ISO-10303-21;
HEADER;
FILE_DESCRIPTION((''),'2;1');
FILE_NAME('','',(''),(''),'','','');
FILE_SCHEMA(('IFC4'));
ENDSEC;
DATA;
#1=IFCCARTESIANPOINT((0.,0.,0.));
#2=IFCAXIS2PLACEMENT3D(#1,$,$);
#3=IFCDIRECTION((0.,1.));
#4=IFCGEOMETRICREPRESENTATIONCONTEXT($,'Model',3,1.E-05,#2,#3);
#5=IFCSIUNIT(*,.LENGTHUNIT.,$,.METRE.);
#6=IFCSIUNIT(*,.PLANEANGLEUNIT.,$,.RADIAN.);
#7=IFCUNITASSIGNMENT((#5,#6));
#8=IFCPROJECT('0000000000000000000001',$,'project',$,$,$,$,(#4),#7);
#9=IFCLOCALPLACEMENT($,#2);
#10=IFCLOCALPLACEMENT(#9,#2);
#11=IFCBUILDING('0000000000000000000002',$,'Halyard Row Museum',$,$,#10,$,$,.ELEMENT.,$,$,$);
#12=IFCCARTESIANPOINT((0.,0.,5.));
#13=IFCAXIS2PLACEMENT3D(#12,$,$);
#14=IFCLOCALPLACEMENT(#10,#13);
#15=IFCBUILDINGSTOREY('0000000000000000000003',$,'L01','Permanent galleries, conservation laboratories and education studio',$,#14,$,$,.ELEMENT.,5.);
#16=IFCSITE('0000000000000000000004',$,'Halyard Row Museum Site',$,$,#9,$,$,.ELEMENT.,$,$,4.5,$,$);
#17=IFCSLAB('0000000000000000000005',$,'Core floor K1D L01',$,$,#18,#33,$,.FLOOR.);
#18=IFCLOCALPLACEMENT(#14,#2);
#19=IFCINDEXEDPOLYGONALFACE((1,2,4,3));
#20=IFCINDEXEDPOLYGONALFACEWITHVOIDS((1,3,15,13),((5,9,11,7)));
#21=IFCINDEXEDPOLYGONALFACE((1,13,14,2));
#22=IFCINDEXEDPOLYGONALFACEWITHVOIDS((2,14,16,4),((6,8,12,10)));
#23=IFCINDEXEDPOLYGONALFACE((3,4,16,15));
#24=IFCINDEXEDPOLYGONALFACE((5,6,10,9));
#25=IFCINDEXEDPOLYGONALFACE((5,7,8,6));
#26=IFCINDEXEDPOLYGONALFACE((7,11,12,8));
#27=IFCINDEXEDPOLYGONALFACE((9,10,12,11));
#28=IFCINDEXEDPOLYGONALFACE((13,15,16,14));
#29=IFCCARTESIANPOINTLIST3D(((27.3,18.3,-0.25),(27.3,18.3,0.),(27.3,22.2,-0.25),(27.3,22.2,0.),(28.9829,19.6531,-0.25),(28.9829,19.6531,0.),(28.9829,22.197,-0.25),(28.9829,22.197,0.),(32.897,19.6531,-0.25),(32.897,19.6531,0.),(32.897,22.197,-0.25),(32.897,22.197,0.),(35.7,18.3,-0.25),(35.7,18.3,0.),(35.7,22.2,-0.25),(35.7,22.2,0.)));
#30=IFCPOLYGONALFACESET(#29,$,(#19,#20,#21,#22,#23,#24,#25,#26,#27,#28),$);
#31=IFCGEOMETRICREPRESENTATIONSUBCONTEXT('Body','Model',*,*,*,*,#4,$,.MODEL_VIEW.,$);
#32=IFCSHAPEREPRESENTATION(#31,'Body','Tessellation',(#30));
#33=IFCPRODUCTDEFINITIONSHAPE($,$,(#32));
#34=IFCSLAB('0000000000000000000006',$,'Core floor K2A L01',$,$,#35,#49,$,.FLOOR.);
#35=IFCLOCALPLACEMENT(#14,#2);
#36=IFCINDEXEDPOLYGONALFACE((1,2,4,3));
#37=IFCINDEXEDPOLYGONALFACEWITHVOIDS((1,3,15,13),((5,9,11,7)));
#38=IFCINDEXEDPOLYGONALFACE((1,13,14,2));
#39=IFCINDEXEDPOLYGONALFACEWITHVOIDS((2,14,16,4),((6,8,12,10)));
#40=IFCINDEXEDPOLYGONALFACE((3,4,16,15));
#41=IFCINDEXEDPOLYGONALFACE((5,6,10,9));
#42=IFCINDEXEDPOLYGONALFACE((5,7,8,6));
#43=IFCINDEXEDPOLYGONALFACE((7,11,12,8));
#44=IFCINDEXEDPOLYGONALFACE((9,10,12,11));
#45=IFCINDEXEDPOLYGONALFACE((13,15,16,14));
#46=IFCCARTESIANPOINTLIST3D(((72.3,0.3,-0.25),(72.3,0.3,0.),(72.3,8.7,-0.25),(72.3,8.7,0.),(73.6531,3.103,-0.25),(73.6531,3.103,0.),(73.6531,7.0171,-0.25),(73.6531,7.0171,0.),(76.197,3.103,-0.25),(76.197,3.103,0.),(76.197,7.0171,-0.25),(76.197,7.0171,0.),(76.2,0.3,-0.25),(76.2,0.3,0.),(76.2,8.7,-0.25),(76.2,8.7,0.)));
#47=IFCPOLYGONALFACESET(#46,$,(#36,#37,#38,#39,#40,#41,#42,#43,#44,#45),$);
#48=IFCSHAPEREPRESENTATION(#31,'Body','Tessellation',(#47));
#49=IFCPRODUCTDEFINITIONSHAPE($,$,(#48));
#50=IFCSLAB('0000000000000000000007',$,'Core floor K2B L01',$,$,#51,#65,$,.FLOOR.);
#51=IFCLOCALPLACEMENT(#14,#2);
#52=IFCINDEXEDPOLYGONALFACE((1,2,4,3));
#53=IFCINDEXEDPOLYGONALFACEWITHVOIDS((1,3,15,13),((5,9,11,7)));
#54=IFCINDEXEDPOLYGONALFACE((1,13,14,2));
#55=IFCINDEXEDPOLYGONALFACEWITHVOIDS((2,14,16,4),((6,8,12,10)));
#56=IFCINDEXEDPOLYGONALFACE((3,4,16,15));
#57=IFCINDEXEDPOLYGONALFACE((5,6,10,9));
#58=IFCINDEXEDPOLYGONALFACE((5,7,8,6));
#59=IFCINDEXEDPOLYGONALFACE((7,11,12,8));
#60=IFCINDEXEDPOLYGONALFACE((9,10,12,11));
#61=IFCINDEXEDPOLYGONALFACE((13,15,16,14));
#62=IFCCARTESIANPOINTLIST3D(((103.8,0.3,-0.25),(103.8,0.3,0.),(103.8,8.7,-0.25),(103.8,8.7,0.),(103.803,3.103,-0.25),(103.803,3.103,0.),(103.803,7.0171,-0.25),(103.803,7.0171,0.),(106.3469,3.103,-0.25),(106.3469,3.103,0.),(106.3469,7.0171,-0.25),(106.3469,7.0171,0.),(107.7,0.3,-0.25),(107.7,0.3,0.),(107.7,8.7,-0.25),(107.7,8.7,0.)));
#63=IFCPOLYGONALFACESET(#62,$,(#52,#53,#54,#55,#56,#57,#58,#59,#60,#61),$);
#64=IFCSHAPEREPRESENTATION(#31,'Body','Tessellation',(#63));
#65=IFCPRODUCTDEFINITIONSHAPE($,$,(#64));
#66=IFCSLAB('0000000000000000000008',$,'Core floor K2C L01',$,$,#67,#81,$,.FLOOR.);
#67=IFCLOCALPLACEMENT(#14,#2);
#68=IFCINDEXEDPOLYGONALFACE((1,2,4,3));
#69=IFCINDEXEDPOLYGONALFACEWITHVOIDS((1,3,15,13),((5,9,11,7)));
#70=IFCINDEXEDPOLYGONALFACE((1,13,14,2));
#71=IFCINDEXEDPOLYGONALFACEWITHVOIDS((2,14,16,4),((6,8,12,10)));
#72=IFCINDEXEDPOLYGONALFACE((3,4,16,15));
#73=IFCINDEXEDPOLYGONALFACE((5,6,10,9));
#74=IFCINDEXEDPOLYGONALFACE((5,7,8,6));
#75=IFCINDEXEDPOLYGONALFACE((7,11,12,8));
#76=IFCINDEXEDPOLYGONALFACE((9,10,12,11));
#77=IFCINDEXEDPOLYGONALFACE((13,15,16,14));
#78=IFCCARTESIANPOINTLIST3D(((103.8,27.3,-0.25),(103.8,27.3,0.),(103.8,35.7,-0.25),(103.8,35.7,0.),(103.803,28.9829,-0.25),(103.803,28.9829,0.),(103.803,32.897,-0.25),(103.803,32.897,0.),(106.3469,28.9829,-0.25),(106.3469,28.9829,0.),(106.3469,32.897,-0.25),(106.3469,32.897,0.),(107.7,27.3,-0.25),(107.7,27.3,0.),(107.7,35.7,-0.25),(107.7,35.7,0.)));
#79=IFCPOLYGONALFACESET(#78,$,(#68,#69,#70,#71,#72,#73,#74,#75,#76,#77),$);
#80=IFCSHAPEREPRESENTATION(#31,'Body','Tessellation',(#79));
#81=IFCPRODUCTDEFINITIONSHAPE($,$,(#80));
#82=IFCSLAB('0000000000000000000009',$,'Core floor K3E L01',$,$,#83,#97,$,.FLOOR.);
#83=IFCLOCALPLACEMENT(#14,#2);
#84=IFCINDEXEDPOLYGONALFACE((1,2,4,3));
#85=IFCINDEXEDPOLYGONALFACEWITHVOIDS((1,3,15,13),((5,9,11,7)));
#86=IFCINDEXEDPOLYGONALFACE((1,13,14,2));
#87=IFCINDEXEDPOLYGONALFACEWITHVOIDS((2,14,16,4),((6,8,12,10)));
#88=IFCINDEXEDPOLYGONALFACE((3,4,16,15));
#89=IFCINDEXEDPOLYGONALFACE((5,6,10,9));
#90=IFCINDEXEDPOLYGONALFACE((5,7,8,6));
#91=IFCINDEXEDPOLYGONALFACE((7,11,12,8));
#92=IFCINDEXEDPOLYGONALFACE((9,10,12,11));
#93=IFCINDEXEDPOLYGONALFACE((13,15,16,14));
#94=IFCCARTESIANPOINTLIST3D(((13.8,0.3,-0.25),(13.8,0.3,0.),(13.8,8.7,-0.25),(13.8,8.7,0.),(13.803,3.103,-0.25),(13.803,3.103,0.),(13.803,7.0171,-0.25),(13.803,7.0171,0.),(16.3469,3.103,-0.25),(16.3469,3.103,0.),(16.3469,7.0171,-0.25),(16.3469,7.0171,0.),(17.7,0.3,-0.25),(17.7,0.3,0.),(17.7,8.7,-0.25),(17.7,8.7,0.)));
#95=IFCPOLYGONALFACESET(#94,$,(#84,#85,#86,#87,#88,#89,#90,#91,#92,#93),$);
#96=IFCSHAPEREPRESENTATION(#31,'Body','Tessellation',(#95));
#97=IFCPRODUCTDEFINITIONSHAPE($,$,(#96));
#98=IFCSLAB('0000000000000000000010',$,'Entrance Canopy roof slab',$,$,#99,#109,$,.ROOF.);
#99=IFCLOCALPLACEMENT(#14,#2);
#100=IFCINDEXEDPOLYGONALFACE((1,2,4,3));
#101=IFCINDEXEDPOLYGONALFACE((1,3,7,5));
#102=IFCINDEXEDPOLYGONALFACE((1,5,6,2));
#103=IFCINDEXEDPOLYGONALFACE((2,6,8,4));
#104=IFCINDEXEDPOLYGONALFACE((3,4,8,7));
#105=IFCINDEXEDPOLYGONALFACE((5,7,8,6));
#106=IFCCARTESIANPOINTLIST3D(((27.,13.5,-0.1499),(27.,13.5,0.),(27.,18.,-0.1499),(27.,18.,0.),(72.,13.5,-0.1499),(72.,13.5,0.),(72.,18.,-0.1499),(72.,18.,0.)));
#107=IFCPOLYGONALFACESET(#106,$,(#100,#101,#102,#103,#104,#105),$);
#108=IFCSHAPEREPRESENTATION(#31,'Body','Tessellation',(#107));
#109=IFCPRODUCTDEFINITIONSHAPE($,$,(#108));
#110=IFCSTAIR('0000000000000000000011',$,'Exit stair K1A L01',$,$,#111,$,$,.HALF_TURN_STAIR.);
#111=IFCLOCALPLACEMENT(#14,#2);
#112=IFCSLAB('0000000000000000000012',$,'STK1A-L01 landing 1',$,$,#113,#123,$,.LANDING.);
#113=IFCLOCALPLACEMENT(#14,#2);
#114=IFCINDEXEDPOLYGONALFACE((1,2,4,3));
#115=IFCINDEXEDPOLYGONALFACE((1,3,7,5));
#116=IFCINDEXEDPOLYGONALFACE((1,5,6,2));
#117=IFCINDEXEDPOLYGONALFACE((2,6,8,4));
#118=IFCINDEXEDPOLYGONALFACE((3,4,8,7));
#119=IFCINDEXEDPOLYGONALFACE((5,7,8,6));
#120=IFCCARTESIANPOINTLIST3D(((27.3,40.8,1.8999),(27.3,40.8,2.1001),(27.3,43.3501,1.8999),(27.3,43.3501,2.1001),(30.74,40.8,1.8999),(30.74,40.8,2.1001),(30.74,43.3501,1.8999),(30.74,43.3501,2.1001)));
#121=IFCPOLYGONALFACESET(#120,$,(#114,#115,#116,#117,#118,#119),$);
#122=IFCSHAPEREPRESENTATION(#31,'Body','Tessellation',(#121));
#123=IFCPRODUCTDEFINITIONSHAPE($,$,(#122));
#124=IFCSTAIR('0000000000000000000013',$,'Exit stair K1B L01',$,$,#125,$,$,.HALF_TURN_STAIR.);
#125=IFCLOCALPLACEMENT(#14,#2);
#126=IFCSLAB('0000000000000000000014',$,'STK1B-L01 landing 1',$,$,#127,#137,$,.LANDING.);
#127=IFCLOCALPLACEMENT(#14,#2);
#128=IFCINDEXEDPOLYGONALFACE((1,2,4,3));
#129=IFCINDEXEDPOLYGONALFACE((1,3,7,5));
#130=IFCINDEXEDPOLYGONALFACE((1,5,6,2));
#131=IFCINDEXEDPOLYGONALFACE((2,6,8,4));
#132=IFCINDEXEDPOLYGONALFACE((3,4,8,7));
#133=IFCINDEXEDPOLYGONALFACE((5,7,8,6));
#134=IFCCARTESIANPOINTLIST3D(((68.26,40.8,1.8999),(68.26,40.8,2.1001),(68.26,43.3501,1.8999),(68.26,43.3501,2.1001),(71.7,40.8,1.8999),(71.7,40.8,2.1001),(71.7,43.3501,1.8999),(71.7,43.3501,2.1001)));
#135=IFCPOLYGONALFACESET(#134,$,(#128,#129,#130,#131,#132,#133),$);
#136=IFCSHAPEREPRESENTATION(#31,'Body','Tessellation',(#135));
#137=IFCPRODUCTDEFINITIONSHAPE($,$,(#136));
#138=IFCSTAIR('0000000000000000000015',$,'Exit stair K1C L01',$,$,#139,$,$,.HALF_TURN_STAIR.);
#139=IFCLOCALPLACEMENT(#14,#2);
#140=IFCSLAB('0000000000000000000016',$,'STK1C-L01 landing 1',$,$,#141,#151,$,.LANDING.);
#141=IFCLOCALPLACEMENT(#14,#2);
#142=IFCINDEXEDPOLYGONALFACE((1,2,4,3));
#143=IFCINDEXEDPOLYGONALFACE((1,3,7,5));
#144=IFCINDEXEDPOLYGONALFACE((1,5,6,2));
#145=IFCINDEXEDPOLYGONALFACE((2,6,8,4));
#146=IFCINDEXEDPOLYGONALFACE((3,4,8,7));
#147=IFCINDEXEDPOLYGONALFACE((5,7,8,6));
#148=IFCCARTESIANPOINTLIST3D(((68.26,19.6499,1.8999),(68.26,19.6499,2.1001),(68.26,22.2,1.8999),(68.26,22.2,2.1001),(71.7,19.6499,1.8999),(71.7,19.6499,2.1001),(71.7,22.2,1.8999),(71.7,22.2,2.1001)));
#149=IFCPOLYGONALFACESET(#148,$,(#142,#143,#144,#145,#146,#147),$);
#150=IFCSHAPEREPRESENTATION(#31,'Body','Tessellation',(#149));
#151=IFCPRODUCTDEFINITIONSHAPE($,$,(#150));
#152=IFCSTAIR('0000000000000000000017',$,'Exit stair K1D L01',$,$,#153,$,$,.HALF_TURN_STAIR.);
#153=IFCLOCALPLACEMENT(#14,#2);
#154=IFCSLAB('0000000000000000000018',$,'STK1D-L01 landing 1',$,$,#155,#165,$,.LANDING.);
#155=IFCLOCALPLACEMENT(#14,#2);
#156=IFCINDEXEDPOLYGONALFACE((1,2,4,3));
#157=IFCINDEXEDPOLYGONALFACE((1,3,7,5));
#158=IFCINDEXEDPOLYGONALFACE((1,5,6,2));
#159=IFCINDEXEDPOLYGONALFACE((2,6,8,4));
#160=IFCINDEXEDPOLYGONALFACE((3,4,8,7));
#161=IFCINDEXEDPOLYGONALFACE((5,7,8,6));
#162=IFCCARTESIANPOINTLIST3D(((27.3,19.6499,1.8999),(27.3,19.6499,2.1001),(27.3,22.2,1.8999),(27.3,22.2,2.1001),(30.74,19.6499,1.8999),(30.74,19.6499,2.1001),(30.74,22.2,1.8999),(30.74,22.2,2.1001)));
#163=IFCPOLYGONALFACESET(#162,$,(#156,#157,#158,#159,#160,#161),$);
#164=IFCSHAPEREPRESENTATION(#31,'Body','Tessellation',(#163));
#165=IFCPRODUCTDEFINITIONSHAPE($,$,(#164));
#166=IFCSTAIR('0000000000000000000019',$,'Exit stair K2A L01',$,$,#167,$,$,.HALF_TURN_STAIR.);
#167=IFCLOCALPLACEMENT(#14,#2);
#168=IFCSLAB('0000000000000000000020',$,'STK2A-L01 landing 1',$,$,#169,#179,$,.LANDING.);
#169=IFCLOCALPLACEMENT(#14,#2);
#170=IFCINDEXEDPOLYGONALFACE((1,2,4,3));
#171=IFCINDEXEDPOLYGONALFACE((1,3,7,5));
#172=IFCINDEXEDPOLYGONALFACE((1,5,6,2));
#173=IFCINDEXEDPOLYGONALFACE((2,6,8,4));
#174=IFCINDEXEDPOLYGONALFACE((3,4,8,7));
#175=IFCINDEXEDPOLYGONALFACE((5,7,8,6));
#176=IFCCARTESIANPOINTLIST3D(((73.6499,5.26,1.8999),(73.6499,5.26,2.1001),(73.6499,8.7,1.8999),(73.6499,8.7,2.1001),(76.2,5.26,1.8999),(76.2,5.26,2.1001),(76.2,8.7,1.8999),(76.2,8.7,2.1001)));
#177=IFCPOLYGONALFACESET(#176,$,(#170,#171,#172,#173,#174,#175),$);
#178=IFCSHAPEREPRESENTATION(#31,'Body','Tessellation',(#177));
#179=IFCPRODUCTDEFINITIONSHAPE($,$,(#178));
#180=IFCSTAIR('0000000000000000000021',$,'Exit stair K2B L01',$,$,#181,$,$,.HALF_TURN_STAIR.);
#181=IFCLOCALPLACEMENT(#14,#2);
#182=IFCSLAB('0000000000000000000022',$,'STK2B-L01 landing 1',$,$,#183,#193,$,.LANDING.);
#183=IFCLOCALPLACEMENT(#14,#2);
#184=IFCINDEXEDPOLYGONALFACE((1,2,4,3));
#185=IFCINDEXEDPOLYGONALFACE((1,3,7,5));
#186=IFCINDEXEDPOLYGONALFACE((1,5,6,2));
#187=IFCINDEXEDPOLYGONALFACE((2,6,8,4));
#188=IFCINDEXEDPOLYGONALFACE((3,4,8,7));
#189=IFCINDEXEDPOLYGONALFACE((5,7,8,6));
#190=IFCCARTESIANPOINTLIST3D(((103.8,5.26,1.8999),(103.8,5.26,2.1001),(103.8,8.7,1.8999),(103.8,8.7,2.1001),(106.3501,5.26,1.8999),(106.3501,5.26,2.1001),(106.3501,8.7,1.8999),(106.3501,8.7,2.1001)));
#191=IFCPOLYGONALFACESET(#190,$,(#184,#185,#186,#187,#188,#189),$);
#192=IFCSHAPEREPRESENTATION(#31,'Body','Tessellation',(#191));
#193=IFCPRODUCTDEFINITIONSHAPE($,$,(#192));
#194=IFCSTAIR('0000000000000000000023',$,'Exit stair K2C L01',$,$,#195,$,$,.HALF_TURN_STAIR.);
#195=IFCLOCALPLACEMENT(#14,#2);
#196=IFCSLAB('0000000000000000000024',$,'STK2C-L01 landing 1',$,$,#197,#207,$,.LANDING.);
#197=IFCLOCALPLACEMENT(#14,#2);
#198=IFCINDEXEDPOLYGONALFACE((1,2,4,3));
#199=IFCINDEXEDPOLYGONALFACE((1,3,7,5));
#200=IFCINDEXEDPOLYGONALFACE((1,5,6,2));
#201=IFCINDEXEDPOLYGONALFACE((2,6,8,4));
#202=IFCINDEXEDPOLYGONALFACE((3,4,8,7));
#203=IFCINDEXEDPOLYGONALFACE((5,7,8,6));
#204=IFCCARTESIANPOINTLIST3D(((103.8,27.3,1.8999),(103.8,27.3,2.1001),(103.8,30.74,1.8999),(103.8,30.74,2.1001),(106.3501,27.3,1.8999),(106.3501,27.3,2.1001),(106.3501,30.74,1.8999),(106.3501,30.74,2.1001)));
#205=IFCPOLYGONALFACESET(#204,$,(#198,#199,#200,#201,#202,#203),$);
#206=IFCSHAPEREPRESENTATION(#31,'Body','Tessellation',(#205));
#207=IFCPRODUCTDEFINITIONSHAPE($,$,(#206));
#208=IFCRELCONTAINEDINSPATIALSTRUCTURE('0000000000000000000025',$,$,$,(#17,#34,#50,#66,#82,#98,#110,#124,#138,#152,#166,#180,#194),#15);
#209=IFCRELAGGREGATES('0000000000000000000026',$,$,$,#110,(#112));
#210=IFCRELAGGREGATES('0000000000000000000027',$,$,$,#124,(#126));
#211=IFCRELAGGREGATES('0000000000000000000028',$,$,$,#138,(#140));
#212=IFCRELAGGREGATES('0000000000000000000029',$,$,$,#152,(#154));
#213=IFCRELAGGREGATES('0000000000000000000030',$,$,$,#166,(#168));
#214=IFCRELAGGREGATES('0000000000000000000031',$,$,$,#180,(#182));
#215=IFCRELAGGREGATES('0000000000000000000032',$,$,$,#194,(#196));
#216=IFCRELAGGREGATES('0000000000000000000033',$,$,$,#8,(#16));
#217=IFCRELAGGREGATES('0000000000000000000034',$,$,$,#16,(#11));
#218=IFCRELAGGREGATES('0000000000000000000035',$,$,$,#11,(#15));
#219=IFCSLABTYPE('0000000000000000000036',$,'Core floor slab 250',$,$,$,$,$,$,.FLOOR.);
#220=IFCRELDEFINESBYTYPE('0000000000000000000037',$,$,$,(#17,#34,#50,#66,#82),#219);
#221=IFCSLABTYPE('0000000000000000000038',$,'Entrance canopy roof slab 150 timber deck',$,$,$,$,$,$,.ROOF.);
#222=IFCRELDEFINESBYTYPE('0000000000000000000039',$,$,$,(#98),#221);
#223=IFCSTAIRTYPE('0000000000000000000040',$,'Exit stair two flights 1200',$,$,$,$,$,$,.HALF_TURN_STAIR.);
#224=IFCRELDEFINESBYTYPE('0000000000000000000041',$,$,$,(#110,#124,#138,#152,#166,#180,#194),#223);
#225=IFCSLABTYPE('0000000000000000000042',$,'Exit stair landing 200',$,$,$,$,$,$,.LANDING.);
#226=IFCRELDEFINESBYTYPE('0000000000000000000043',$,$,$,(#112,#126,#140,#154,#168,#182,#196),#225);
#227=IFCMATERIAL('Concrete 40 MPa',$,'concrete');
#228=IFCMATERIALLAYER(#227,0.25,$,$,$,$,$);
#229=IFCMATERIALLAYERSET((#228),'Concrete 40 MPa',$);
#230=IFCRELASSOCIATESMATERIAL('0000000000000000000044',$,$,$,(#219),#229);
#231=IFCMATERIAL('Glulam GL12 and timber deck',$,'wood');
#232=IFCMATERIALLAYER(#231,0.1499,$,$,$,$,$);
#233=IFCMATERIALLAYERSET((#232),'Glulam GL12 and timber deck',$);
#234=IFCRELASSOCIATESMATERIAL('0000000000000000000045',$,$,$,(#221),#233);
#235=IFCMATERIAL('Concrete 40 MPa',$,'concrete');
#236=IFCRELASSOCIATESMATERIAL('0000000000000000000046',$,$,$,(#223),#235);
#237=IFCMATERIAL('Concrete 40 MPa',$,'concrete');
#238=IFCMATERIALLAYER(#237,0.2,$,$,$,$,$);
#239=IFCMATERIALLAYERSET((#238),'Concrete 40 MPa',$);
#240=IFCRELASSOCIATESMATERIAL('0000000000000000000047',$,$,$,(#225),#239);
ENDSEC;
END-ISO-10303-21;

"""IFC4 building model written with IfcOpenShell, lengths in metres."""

from ifc_helpers import new_model, si_unit, direction, frame, origin, place, context, subcontext, project, spatial, polyline, outline, extrude, material, layer, layer_set, type_object, element, aggregate, save


model = new_model("IFC4")

# Units and contexts
model_context = context("Model", 3, precision=1e-05, world=origin(), true_north=direction((0.0, 1.0)))
body_context = subcontext(model_context, "Body", "Model", "MODEL_VIEW")
ifc_project = project(units=[si_unit("LENGTHUNIT", "METRE"), si_unit("PLANEANGLEUNIT", "RADIAN")], contexts=[model_context])

# Site, building, storey
site_placement = place(None, origin())
site = spatial("IfcSite", under=ifc_project, at=site_placement, Name="Halyard Row Museum Site", CompositionType="ELEMENT", RefElevation=4.5)
building_placement = place(site_placement, origin())
building = spatial("IfcBuilding", under=site, at=building_placement, Name="Halyard Row Museum", CompositionType="ELEMENT")
storey_placement = place(building_placement, frame((0.0, 0.0, 5.0)))
storey = spatial("IfcBuildingStorey", under=building, at=storey_placement, Name="L01", Description="Permanent galleries, conservation laboratories and education studio", CompositionType="ELEMENT", Elevation=5.0)

# Slabs
ifc_material_1 = material(Name="Concrete 40 MPa", Category="concrete")
ifc_layer_1 = layer(ifc_material_1, 0.25)
ifc_layer_set_1 = layer_set([ifc_layer_1], Name="Concrete 40 MPa")
slab_type_1 = type_object("IfcSlabType", Name="Core floor slab 250", PredefinedType="FLOOR", material=ifc_layer_set_1)
slab_1_placement = place(storey_placement, frame((0.0, 0.0, -0.25)))
element("IfcSlab", 1, at=slab_1_placement, inside=storey, type_object=slab_type_1, Name="Core floor K1D L01", PredefinedType="FLOOR", context=body_context, shape_type="SweptSolid", body=[
    extrude(outline(polyline([(35.7, 22.2), (27.3, 22.2), (27.3, 18.3), (35.7, 18.3), (35.7, 22.2)]), holes=[polyline([(28.9829, 22.197), (32.897, 22.197), (32.897, 19.6531), (28.9829, 19.6531), (28.9829, 22.197)])]), origin(), (0.0, 0.0, 1.0), 0.25),
])
slab_2_placement = place(storey_placement, frame((0.0, 0.0, -0.25)))
element("IfcSlab", 2, at=slab_2_placement, inside=storey, type_object=slab_type_1, Name="Core floor K2A L01", PredefinedType="FLOOR", context=body_context, shape_type="SweptSolid", body=[
    extrude(outline(polyline([(76.2, 8.7), (72.3, 8.7), (72.3, 0.3), (76.2, 0.3), (76.2, 8.7)]), holes=[polyline([(76.197, 7.0171), (76.197, 3.103), (73.6531, 3.103), (73.6531, 7.0171), (76.197, 7.0171)])]), origin(), (0.0, 0.0, 1.0), 0.25),
])
slab_3_placement = place(storey_placement, frame((0.0, 0.0, -0.25)))
element("IfcSlab", 3, at=slab_3_placement, inside=storey, type_object=slab_type_1, Name="Core floor K2B L01", PredefinedType="FLOOR", context=body_context, shape_type="SweptSolid", body=[
    extrude(outline(polyline([(107.7, 8.7), (103.8, 8.7), (103.8, 0.3), (107.7, 0.3), (107.7, 8.7)]), holes=[polyline([(103.803, 7.0171), (106.3469, 7.0171), (106.3469, 3.103), (103.803, 3.103), (103.803, 7.0171)])]), origin(), (0.0, 0.0, 1.0), 0.25),
])
slab_4_placement = place(storey_placement, frame((0.0, 0.0, -0.25)))
element("IfcSlab", 4, at=slab_4_placement, inside=storey, type_object=slab_type_1, Name="Core floor K2C L01", PredefinedType="FLOOR", context=body_context, shape_type="SweptSolid", body=[
    extrude(outline(polyline([(107.7, 35.7), (103.8, 35.7), (103.8, 27.3), (107.7, 27.3), (107.7, 35.7)]), holes=[polyline([(103.803, 28.9829), (103.803, 32.897), (106.3469, 32.897), (106.3469, 28.9829), (103.803, 28.9829)])]), origin(), (0.0, 0.0, 1.0), 0.25),
])
slab_5_placement = place(storey_placement, frame((0.0, 0.0, -0.25)))
element("IfcSlab", 5, at=slab_5_placement, inside=storey, type_object=slab_type_1, Name="Core floor K3E L01", PredefinedType="FLOOR", context=body_context, shape_type="SweptSolid", body=[
    extrude(outline(polyline([(17.7, 8.7), (13.8, 8.7), (13.8, 0.3), (17.7, 0.3), (17.7, 8.7)]), holes=[polyline([(13.803, 7.0171), (16.3469, 7.0171), (16.3469, 3.103), (13.803, 3.103), (13.803, 7.0171)])]), origin(), (0.0, 0.0, 1.0), 0.25),
])
ifc_material_2 = material(Name="Glulam GL12 and timber deck", Category="wood")
ifc_layer_2 = layer(ifc_material_2, 0.1499)
ifc_layer_set_2 = layer_set([ifc_layer_2], Name="Glulam GL12 and timber deck")
slab_type_2 = type_object("IfcSlabType", Name="Entrance canopy roof slab 150 timber deck", PredefinedType="ROOF", material=ifc_layer_set_2)
slab_6_placement = place(storey_placement, frame((0.0, 0.0, -0.1499)))
element("IfcSlab", 6, at=slab_6_placement, inside=storey, type_object=slab_type_2, Name="Entrance Canopy roof slab", PredefinedType="ROOF", context=body_context, shape_type="SweptSolid", body=[
    extrude(outline(polyline([(27.0, 13.5), (72.0, 13.5), (72.0, 18.0), (27.0, 18.0), (27.0, 13.5)])), origin(), (0.0, 0.0, 1.0), 0.1499),
])

# Stairs, slabs
ifc_material_3 = material(Name="Concrete 40 MPa", Category="concrete")
stair_type_1 = type_object("IfcStairType", Name="Exit stair two flights 1200", PredefinedType="HALF_TURN_STAIR", material=ifc_material_3)
stair_1_placement = place(storey_placement, origin())
stair_1 = element("IfcStair", 7, at=stair_1_placement, inside=storey, type_object=stair_type_1, Name="Exit stair K1A L01", PredefinedType="HALF_TURN_STAIR")
ifc_material_4 = material(Name="Concrete 40 MPa", Category="concrete")
ifc_layer_3 = layer(ifc_material_4, 0.2)
ifc_layer_set_3 = layer_set([ifc_layer_3], Name="Concrete 40 MPa")
slab_type_3 = type_object("IfcSlabType", Name="Exit stair landing 200", PredefinedType="LANDING", material=ifc_layer_set_3)
slab_7_placement = place(storey_placement, frame((0.0, 0.0, 1.8999)))
slab_7 = element("IfcSlab", 8, at=slab_7_placement, type_object=slab_type_3, Name="STK1A-L01 landing 1", PredefinedType="LANDING", context=body_context, shape_type="SweptSolid", body=[
    extrude(outline(polyline([(30.74, 43.3501), (30.74, 40.8), (27.3, 40.8), (27.3, 43.3501), (30.74, 43.3501)])), origin(), (0.0, 0.0, 1.0), 0.2002),
])
aggregate(stair_1, [slab_7])
stair_2_placement = place(storey_placement, origin())
stair_2 = element("IfcStair", 9, at=stair_2_placement, inside=storey, type_object=stair_type_1, Name="Exit stair K1B L01", PredefinedType="HALF_TURN_STAIR")
slab_8_placement = place(storey_placement, frame((0.0, 0.0, 1.8999)))
slab_8 = element("IfcSlab", 10, at=slab_8_placement, type_object=slab_type_3, Name="STK1B-L01 landing 1", PredefinedType="LANDING", context=body_context, shape_type="SweptSolid", body=[
    extrude(outline(polyline([(68.26, 43.3501), (68.26, 40.8), (71.7, 40.8), (71.7, 43.3501), (68.26, 43.3501)])), origin(), (0.0, 0.0, 1.0), 0.2002),
])
aggregate(stair_2, [slab_8])
stair_3_placement = place(storey_placement, origin())
stair_3 = element("IfcStair", 11, at=stair_3_placement, inside=storey, type_object=stair_type_1, Name="Exit stair K1C L01", PredefinedType="HALF_TURN_STAIR")
slab_9_placement = place(storey_placement, frame((0.0, 0.0, 1.8999)))
slab_9 = element("IfcSlab", 12, at=slab_9_placement, type_object=slab_type_3, Name="STK1C-L01 landing 1", PredefinedType="LANDING", context=body_context, shape_type="SweptSolid", body=[
    extrude(outline(polyline([(68.26, 19.6499), (68.26, 22.2), (71.7, 22.2), (71.7, 19.6499), (68.26, 19.6499)])), origin(), (0.0, 0.0, 1.0), 0.2002),
])
aggregate(stair_3, [slab_9])
stair_4_placement = place(storey_placement, origin())
stair_4 = element("IfcStair", 13, at=stair_4_placement, inside=storey, type_object=stair_type_1, Name="Exit stair K1D L01", PredefinedType="HALF_TURN_STAIR")
slab_10_placement = place(storey_placement, frame((0.0, 0.0, 1.8999)))
slab_10 = element("IfcSlab", 14, at=slab_10_placement, type_object=slab_type_3, Name="STK1D-L01 landing 1", PredefinedType="LANDING", context=body_context, shape_type="SweptSolid", body=[
    extrude(outline(polyline([(30.74, 19.6499), (30.74, 22.2), (27.3, 22.2), (27.3, 19.6499), (30.74, 19.6499)])), origin(), (0.0, 0.0, 1.0), 0.2002),
])
aggregate(stair_4, [slab_10])
stair_5_placement = place(storey_placement, origin())
stair_5 = element("IfcStair", 15, at=stair_5_placement, inside=storey, type_object=stair_type_1, Name="Exit stair K2A L01", PredefinedType="HALF_TURN_STAIR")
slab_11_placement = place(storey_placement, frame((0.0, 0.0, 1.8999)))
slab_11 = element("IfcSlab", 16, at=slab_11_placement, type_object=slab_type_3, Name="STK2A-L01 landing 1", PredefinedType="LANDING", context=body_context, shape_type="SweptSolid", body=[
    extrude(outline(polyline([(73.6499, 5.26), (76.2, 5.26), (76.2, 8.7), (73.6499, 8.7), (73.6499, 5.26)])), origin(), (0.0, 0.0, 1.0), 0.2002),
])
aggregate(stair_5, [slab_11])
stair_6_placement = place(storey_placement, origin())
stair_6 = element("IfcStair", 17, at=stair_6_placement, inside=storey, type_object=stair_type_1, Name="Exit stair K2B L01", PredefinedType="HALF_TURN_STAIR")
slab_12_placement = place(storey_placement, frame((0.0, 0.0, 1.8999)))
slab_12 = element("IfcSlab", 18, at=slab_12_placement, type_object=slab_type_3, Name="STK2B-L01 landing 1", PredefinedType="LANDING", context=body_context, shape_type="SweptSolid", body=[
    extrude(outline(polyline([(106.3501, 5.26), (103.8, 5.26), (103.8, 8.7), (106.3501, 8.7), (106.3501, 5.26)])), origin(), (0.0, 0.0, 1.0), 0.2002),
])
aggregate(stair_6, [slab_12])
stair_7_placement = place(storey_placement, origin())
stair_7 = element("IfcStair", 19, at=stair_7_placement, inside=storey, type_object=stair_type_1, Name="Exit stair K2C L01", PredefinedType="HALF_TURN_STAIR")
slab_13_placement = place(storey_placement, frame((0.0, 0.0, 1.8999)))
slab_13 = element("IfcSlab", 20, at=slab_13_placement, type_object=slab_type_3, Name="STK2C-L01 landing 1", PredefinedType="LANDING", context=body_context, shape_type="SweptSolid", body=[
    extrude(outline(polyline([(106.3501, 30.74), (103.8, 30.74), (103.8, 27.3), (106.3501, 27.3), (106.3501, 30.74)])), origin(), (0.0, 0.0, 1.0), 0.2002),
])
aggregate(stair_7, [slab_13])

save(model, "model.ifc")
